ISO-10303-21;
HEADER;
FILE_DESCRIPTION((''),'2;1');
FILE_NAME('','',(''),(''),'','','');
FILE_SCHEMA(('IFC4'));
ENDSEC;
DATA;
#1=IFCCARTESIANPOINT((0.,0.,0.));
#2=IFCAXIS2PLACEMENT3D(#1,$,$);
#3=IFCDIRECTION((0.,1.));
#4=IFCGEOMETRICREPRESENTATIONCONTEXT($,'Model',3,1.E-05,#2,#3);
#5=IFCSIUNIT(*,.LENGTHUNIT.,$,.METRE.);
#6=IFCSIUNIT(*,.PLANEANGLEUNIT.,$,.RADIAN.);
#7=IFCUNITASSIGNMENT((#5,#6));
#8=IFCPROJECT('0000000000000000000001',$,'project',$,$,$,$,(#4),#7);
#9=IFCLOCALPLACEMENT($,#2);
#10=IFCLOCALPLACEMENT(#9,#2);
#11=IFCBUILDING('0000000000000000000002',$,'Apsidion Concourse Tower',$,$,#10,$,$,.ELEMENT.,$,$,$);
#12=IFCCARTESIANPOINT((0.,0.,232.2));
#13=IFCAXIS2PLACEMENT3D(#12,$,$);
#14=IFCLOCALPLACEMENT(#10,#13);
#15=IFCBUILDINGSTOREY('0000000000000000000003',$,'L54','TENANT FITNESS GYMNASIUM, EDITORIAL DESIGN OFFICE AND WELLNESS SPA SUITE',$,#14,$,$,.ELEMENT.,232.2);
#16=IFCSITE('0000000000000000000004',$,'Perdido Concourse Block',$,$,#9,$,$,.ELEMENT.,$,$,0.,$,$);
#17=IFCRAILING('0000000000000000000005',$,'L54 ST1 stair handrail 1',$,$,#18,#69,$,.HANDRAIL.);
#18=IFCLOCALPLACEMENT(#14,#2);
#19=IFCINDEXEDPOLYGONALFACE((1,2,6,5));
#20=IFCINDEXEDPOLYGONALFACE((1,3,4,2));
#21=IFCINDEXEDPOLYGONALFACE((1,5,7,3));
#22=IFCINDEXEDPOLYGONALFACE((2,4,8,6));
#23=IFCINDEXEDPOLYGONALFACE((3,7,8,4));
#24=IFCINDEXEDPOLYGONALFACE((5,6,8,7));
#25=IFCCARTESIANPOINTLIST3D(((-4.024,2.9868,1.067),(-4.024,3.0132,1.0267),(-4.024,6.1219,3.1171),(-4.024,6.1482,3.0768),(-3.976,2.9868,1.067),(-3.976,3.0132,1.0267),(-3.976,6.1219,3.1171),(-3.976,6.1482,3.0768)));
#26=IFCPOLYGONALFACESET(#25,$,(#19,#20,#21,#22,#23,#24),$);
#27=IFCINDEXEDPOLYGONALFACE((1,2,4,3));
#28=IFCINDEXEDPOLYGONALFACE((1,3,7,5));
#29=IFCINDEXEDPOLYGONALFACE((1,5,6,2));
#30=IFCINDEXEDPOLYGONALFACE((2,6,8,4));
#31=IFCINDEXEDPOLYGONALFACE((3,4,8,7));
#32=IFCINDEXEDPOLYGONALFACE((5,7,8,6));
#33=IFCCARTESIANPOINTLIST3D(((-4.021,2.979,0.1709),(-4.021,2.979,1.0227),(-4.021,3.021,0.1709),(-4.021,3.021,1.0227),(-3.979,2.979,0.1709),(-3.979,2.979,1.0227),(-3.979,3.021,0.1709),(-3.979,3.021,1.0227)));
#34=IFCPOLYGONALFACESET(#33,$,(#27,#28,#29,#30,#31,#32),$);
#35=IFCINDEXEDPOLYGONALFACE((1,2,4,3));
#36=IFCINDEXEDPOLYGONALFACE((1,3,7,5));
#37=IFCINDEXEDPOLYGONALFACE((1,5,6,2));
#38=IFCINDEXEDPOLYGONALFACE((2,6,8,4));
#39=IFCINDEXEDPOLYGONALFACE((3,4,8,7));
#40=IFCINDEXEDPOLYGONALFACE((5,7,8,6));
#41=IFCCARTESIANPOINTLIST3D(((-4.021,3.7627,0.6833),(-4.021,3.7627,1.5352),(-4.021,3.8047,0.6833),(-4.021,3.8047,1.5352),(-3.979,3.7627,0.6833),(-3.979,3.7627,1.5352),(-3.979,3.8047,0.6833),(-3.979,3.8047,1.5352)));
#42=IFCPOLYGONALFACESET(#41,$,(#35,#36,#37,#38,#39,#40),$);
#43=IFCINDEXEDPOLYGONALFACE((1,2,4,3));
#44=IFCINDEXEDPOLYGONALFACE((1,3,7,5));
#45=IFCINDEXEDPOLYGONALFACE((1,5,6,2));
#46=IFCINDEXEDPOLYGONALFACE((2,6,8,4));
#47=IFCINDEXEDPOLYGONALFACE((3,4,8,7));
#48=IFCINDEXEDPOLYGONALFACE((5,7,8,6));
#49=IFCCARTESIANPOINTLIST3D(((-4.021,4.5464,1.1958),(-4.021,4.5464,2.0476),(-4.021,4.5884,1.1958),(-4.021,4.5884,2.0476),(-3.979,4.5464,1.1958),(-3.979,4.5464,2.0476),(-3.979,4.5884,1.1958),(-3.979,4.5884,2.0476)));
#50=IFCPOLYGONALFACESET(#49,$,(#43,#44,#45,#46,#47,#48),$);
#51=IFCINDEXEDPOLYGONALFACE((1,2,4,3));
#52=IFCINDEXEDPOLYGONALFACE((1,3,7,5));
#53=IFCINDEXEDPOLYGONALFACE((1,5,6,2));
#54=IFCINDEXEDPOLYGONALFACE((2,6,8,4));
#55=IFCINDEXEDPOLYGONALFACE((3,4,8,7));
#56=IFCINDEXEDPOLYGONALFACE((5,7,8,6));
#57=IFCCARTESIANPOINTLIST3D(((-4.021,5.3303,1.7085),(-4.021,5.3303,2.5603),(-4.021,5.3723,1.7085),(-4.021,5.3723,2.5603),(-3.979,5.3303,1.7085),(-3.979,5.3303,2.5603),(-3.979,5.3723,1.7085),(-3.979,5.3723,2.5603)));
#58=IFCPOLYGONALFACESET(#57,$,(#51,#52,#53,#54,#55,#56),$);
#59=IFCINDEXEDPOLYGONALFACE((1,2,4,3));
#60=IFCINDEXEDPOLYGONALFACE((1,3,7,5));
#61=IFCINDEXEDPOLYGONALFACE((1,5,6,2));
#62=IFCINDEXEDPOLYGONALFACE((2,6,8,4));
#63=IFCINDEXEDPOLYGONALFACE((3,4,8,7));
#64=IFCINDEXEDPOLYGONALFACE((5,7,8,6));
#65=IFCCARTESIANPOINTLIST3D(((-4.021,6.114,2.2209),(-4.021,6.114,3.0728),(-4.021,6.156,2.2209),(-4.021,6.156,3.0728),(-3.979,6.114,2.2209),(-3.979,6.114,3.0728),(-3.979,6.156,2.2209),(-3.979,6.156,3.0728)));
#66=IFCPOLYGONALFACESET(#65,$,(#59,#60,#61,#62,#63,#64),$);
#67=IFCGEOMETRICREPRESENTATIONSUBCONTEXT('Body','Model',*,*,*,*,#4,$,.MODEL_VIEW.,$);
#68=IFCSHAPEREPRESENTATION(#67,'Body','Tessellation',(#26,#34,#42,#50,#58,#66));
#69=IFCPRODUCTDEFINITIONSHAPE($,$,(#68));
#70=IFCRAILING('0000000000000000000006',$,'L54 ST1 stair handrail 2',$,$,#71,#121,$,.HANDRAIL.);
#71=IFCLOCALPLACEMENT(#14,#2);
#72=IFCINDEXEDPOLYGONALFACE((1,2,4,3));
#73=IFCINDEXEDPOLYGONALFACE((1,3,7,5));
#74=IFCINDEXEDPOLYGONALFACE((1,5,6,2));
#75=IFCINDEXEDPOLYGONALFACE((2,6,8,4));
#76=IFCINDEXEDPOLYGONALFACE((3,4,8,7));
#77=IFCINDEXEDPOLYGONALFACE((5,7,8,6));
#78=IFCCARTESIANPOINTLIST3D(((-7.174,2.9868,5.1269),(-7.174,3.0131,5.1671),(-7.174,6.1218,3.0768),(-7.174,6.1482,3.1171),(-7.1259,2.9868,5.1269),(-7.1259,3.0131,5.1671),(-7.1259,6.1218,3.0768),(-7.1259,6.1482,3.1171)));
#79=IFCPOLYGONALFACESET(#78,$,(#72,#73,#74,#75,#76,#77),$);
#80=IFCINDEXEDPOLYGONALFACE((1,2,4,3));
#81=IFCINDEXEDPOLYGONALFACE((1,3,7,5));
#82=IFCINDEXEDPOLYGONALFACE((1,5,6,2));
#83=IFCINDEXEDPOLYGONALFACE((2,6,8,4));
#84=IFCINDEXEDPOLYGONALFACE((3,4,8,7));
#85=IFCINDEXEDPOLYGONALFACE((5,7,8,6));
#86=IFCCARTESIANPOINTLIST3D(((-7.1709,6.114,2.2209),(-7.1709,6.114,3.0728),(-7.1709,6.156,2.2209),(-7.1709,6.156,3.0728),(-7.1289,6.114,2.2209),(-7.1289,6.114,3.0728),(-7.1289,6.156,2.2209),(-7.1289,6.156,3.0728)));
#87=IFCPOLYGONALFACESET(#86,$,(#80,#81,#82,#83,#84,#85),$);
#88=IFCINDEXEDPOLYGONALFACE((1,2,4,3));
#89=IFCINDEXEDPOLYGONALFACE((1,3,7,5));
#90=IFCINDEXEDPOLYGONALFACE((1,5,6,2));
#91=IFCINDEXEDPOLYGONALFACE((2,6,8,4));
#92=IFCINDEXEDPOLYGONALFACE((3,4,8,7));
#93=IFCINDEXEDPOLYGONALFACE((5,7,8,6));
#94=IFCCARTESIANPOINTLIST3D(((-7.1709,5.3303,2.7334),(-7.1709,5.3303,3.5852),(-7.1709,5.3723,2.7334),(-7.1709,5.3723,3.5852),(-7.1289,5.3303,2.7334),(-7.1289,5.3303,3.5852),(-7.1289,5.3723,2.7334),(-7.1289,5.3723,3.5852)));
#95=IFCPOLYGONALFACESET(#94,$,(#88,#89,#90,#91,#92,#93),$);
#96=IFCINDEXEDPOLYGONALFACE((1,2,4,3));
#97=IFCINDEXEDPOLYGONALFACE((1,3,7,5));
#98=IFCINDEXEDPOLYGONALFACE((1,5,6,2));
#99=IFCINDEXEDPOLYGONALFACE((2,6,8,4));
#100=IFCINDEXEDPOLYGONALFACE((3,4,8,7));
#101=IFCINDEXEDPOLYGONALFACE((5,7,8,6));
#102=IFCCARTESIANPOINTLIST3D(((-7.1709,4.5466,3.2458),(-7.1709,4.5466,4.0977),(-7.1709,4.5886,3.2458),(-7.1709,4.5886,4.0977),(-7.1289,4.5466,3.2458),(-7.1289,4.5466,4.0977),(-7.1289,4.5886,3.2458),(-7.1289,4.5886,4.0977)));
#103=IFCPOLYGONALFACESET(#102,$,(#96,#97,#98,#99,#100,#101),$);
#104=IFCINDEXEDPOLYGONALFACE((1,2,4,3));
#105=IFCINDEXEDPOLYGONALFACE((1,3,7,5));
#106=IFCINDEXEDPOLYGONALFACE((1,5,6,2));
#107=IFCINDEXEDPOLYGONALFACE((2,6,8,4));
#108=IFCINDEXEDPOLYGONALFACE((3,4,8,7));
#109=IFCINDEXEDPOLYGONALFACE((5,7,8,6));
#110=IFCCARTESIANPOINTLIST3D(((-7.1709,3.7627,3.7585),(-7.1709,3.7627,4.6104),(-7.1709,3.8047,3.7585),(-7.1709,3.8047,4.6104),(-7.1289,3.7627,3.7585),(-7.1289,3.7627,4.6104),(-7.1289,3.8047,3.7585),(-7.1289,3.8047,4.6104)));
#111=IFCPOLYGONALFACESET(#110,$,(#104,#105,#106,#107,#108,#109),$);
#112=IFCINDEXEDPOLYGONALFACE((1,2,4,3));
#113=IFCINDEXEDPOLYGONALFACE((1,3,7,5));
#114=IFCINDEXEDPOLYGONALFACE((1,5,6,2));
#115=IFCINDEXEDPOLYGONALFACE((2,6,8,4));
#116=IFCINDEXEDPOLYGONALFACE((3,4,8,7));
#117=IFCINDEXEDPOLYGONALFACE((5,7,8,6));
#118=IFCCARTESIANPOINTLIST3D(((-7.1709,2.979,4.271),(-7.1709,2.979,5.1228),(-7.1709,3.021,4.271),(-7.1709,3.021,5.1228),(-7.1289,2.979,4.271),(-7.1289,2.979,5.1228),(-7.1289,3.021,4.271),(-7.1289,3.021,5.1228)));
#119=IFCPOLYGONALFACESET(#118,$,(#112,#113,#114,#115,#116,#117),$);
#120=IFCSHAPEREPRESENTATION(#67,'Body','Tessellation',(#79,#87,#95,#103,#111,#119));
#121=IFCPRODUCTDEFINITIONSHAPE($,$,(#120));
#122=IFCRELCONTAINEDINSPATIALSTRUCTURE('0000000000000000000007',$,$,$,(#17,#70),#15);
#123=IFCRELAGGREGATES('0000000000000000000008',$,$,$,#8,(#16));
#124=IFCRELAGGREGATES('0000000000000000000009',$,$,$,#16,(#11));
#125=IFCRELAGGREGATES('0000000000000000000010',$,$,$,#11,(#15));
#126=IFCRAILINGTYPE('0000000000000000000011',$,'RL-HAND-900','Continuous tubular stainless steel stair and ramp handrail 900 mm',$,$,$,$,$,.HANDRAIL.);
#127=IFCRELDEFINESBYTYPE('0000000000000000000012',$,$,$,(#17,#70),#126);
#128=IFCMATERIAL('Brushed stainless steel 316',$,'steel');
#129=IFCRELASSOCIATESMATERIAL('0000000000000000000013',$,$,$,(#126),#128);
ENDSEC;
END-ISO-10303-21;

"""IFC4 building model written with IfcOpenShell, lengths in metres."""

from ifc_helpers import new_model, si_unit, direction, frame, origin, origin_2d, place, context, subcontext, project, spatial, rectangle, extrude, material, type_object, element, save


model = new_model("IFC4")

# Units and contexts
model_context = context("Model", 3, precision=1e-05, world=origin(), true_north=direction((0.0, 1.0)))
body_context = subcontext(model_context, "Body", "Model", "MODEL_VIEW")
ifc_project = project(units=[si_unit("LENGTHUNIT", "METRE"), si_unit("PLANEANGLEUNIT", "RADIAN")], contexts=[model_context])

# Site, building, storey
site_placement = place(None, origin())
site = spatial("IfcSite", under=ifc_project, at=site_placement, Name="Perdido Concourse Block", CompositionType="ELEMENT", RefElevation=0.0)
building_placement = place(site_placement, origin())
building = spatial("IfcBuilding", under=site, at=building_placement, Name="Apsidion Concourse Tower", CompositionType="ELEMENT")
storey_placement = place(building_placement, frame((0.0, 0.0, 232.2)))
storey = spatial("IfcBuildingStorey", under=building, at=storey_placement, Name="L54", Description="TENANT FITNESS GYMNASIUM, EDITORIAL DESIGN OFFICE AND WELLNESS SPA SUITE", CompositionType="ELEMENT", Elevation=232.2)

# Railings
ifc_material_1 = material(Name="Brushed stainless steel 316", Category="steel")
railing_type_1 = type_object("IfcRailingType", Name="RL-HAND-900", Description="Continuous tubular stainless steel stair and ramp handrail 900 mm", PredefinedType="HANDRAIL", material=ifc_material_1)
railing_1_placement = place(storey_placement, frame((-4.0, 3.0, 0.1709)))
element("IfcRailing", 1, at=railing_1_placement, inside=storey, type_object=railing_type_1, Name="L54 ST1 stair handrail 1", PredefinedType="HANDRAIL", context=body_context, shape_type="SweptSolid", body=[
    extrude(rectangle(XDim=0.0481, YDim=0.0481, at=origin_2d()), frame((0.0, 0.0, 0.876), z_axis=(0.0, 0.836941, 0.547293), x_axis=(-1.0, 0.0, 0.0)), (0.0, 0.0, 1.0), 3.7458),
    extrude(rectangle(XDim=0.042, YDim=0.042, at=origin_2d()), origin(), (0.0, 0.0, 1.0), 0.8518),
    extrude(rectangle(XDim=0.042, YDim=0.042, at=origin_2d()), frame((0.0, 0.7837, 0.5125)), (0.0, 0.0, 1.0), 0.8518),
    extrude(rectangle(XDim=0.042, YDim=0.042, at=origin_2d()), frame((0.0, 1.5674, 1.0249)), (0.0, 0.0, 1.0), 0.8518),
    extrude(rectangle(XDim=0.042, YDim=0.042, at=origin_2d()), frame((0.0, 2.3513, 1.5376)), (0.0, 0.0, 1.0), 0.8518),
    extrude(rectangle(XDim=0.042, YDim=0.042, at=origin_2d()), frame((0.0, 3.135, 2.05)), (0.0, 0.0, 1.0), 0.8518),
])
railing_2_placement = place(storey_placement, frame((-7.1499, 6.135, 2.2209)))
element("IfcRailing", 2, at=railing_2_placement, inside=storey, type_object=railing_type_1, Name="L54 ST1 stair handrail 2", PredefinedType="HANDRAIL", context=body_context, shape_type="SweptSolid", body=[
    extrude(rectangle(XDim=0.0481, YDim=0.0481, at=origin_2d()), frame((0.0, 0.0, 0.876), z_axis=(0.0, -0.836941, 0.547293), x_axis=(1.0, 0.0, 0.0)), (0.0, 0.0, 1.0), 3.7458),
    extrude(rectangle(XDim=0.042, YDim=0.042, at=origin_2d()), origin(), (0.0, 0.0, 1.0), 0.8518),
    extrude(rectangle(XDim=0.042, YDim=0.042, at=origin_2d()), frame((0.0, -0.7837, 0.5125)), (0.0, 0.0, 1.0), 0.8518),
    extrude(rectangle(XDim=0.042, YDim=0.042, at=origin_2d()), frame((0.0, -1.5674, 1.0249)), (0.0, 0.0, 1.0), 0.8518),
    extrude(rectangle(XDim=0.042, YDim=0.042, at=origin_2d()), frame((0.0, -2.3513, 1.5376)), (0.0, 0.0, 1.0), 0.8518),
    extrude(rectangle(XDim=0.042, YDim=0.042, at=origin_2d()), frame((0.0, -3.135, 2.05)), (0.0, 0.0, 1.0), 0.8518),
])

save(model, "model.ifc")
